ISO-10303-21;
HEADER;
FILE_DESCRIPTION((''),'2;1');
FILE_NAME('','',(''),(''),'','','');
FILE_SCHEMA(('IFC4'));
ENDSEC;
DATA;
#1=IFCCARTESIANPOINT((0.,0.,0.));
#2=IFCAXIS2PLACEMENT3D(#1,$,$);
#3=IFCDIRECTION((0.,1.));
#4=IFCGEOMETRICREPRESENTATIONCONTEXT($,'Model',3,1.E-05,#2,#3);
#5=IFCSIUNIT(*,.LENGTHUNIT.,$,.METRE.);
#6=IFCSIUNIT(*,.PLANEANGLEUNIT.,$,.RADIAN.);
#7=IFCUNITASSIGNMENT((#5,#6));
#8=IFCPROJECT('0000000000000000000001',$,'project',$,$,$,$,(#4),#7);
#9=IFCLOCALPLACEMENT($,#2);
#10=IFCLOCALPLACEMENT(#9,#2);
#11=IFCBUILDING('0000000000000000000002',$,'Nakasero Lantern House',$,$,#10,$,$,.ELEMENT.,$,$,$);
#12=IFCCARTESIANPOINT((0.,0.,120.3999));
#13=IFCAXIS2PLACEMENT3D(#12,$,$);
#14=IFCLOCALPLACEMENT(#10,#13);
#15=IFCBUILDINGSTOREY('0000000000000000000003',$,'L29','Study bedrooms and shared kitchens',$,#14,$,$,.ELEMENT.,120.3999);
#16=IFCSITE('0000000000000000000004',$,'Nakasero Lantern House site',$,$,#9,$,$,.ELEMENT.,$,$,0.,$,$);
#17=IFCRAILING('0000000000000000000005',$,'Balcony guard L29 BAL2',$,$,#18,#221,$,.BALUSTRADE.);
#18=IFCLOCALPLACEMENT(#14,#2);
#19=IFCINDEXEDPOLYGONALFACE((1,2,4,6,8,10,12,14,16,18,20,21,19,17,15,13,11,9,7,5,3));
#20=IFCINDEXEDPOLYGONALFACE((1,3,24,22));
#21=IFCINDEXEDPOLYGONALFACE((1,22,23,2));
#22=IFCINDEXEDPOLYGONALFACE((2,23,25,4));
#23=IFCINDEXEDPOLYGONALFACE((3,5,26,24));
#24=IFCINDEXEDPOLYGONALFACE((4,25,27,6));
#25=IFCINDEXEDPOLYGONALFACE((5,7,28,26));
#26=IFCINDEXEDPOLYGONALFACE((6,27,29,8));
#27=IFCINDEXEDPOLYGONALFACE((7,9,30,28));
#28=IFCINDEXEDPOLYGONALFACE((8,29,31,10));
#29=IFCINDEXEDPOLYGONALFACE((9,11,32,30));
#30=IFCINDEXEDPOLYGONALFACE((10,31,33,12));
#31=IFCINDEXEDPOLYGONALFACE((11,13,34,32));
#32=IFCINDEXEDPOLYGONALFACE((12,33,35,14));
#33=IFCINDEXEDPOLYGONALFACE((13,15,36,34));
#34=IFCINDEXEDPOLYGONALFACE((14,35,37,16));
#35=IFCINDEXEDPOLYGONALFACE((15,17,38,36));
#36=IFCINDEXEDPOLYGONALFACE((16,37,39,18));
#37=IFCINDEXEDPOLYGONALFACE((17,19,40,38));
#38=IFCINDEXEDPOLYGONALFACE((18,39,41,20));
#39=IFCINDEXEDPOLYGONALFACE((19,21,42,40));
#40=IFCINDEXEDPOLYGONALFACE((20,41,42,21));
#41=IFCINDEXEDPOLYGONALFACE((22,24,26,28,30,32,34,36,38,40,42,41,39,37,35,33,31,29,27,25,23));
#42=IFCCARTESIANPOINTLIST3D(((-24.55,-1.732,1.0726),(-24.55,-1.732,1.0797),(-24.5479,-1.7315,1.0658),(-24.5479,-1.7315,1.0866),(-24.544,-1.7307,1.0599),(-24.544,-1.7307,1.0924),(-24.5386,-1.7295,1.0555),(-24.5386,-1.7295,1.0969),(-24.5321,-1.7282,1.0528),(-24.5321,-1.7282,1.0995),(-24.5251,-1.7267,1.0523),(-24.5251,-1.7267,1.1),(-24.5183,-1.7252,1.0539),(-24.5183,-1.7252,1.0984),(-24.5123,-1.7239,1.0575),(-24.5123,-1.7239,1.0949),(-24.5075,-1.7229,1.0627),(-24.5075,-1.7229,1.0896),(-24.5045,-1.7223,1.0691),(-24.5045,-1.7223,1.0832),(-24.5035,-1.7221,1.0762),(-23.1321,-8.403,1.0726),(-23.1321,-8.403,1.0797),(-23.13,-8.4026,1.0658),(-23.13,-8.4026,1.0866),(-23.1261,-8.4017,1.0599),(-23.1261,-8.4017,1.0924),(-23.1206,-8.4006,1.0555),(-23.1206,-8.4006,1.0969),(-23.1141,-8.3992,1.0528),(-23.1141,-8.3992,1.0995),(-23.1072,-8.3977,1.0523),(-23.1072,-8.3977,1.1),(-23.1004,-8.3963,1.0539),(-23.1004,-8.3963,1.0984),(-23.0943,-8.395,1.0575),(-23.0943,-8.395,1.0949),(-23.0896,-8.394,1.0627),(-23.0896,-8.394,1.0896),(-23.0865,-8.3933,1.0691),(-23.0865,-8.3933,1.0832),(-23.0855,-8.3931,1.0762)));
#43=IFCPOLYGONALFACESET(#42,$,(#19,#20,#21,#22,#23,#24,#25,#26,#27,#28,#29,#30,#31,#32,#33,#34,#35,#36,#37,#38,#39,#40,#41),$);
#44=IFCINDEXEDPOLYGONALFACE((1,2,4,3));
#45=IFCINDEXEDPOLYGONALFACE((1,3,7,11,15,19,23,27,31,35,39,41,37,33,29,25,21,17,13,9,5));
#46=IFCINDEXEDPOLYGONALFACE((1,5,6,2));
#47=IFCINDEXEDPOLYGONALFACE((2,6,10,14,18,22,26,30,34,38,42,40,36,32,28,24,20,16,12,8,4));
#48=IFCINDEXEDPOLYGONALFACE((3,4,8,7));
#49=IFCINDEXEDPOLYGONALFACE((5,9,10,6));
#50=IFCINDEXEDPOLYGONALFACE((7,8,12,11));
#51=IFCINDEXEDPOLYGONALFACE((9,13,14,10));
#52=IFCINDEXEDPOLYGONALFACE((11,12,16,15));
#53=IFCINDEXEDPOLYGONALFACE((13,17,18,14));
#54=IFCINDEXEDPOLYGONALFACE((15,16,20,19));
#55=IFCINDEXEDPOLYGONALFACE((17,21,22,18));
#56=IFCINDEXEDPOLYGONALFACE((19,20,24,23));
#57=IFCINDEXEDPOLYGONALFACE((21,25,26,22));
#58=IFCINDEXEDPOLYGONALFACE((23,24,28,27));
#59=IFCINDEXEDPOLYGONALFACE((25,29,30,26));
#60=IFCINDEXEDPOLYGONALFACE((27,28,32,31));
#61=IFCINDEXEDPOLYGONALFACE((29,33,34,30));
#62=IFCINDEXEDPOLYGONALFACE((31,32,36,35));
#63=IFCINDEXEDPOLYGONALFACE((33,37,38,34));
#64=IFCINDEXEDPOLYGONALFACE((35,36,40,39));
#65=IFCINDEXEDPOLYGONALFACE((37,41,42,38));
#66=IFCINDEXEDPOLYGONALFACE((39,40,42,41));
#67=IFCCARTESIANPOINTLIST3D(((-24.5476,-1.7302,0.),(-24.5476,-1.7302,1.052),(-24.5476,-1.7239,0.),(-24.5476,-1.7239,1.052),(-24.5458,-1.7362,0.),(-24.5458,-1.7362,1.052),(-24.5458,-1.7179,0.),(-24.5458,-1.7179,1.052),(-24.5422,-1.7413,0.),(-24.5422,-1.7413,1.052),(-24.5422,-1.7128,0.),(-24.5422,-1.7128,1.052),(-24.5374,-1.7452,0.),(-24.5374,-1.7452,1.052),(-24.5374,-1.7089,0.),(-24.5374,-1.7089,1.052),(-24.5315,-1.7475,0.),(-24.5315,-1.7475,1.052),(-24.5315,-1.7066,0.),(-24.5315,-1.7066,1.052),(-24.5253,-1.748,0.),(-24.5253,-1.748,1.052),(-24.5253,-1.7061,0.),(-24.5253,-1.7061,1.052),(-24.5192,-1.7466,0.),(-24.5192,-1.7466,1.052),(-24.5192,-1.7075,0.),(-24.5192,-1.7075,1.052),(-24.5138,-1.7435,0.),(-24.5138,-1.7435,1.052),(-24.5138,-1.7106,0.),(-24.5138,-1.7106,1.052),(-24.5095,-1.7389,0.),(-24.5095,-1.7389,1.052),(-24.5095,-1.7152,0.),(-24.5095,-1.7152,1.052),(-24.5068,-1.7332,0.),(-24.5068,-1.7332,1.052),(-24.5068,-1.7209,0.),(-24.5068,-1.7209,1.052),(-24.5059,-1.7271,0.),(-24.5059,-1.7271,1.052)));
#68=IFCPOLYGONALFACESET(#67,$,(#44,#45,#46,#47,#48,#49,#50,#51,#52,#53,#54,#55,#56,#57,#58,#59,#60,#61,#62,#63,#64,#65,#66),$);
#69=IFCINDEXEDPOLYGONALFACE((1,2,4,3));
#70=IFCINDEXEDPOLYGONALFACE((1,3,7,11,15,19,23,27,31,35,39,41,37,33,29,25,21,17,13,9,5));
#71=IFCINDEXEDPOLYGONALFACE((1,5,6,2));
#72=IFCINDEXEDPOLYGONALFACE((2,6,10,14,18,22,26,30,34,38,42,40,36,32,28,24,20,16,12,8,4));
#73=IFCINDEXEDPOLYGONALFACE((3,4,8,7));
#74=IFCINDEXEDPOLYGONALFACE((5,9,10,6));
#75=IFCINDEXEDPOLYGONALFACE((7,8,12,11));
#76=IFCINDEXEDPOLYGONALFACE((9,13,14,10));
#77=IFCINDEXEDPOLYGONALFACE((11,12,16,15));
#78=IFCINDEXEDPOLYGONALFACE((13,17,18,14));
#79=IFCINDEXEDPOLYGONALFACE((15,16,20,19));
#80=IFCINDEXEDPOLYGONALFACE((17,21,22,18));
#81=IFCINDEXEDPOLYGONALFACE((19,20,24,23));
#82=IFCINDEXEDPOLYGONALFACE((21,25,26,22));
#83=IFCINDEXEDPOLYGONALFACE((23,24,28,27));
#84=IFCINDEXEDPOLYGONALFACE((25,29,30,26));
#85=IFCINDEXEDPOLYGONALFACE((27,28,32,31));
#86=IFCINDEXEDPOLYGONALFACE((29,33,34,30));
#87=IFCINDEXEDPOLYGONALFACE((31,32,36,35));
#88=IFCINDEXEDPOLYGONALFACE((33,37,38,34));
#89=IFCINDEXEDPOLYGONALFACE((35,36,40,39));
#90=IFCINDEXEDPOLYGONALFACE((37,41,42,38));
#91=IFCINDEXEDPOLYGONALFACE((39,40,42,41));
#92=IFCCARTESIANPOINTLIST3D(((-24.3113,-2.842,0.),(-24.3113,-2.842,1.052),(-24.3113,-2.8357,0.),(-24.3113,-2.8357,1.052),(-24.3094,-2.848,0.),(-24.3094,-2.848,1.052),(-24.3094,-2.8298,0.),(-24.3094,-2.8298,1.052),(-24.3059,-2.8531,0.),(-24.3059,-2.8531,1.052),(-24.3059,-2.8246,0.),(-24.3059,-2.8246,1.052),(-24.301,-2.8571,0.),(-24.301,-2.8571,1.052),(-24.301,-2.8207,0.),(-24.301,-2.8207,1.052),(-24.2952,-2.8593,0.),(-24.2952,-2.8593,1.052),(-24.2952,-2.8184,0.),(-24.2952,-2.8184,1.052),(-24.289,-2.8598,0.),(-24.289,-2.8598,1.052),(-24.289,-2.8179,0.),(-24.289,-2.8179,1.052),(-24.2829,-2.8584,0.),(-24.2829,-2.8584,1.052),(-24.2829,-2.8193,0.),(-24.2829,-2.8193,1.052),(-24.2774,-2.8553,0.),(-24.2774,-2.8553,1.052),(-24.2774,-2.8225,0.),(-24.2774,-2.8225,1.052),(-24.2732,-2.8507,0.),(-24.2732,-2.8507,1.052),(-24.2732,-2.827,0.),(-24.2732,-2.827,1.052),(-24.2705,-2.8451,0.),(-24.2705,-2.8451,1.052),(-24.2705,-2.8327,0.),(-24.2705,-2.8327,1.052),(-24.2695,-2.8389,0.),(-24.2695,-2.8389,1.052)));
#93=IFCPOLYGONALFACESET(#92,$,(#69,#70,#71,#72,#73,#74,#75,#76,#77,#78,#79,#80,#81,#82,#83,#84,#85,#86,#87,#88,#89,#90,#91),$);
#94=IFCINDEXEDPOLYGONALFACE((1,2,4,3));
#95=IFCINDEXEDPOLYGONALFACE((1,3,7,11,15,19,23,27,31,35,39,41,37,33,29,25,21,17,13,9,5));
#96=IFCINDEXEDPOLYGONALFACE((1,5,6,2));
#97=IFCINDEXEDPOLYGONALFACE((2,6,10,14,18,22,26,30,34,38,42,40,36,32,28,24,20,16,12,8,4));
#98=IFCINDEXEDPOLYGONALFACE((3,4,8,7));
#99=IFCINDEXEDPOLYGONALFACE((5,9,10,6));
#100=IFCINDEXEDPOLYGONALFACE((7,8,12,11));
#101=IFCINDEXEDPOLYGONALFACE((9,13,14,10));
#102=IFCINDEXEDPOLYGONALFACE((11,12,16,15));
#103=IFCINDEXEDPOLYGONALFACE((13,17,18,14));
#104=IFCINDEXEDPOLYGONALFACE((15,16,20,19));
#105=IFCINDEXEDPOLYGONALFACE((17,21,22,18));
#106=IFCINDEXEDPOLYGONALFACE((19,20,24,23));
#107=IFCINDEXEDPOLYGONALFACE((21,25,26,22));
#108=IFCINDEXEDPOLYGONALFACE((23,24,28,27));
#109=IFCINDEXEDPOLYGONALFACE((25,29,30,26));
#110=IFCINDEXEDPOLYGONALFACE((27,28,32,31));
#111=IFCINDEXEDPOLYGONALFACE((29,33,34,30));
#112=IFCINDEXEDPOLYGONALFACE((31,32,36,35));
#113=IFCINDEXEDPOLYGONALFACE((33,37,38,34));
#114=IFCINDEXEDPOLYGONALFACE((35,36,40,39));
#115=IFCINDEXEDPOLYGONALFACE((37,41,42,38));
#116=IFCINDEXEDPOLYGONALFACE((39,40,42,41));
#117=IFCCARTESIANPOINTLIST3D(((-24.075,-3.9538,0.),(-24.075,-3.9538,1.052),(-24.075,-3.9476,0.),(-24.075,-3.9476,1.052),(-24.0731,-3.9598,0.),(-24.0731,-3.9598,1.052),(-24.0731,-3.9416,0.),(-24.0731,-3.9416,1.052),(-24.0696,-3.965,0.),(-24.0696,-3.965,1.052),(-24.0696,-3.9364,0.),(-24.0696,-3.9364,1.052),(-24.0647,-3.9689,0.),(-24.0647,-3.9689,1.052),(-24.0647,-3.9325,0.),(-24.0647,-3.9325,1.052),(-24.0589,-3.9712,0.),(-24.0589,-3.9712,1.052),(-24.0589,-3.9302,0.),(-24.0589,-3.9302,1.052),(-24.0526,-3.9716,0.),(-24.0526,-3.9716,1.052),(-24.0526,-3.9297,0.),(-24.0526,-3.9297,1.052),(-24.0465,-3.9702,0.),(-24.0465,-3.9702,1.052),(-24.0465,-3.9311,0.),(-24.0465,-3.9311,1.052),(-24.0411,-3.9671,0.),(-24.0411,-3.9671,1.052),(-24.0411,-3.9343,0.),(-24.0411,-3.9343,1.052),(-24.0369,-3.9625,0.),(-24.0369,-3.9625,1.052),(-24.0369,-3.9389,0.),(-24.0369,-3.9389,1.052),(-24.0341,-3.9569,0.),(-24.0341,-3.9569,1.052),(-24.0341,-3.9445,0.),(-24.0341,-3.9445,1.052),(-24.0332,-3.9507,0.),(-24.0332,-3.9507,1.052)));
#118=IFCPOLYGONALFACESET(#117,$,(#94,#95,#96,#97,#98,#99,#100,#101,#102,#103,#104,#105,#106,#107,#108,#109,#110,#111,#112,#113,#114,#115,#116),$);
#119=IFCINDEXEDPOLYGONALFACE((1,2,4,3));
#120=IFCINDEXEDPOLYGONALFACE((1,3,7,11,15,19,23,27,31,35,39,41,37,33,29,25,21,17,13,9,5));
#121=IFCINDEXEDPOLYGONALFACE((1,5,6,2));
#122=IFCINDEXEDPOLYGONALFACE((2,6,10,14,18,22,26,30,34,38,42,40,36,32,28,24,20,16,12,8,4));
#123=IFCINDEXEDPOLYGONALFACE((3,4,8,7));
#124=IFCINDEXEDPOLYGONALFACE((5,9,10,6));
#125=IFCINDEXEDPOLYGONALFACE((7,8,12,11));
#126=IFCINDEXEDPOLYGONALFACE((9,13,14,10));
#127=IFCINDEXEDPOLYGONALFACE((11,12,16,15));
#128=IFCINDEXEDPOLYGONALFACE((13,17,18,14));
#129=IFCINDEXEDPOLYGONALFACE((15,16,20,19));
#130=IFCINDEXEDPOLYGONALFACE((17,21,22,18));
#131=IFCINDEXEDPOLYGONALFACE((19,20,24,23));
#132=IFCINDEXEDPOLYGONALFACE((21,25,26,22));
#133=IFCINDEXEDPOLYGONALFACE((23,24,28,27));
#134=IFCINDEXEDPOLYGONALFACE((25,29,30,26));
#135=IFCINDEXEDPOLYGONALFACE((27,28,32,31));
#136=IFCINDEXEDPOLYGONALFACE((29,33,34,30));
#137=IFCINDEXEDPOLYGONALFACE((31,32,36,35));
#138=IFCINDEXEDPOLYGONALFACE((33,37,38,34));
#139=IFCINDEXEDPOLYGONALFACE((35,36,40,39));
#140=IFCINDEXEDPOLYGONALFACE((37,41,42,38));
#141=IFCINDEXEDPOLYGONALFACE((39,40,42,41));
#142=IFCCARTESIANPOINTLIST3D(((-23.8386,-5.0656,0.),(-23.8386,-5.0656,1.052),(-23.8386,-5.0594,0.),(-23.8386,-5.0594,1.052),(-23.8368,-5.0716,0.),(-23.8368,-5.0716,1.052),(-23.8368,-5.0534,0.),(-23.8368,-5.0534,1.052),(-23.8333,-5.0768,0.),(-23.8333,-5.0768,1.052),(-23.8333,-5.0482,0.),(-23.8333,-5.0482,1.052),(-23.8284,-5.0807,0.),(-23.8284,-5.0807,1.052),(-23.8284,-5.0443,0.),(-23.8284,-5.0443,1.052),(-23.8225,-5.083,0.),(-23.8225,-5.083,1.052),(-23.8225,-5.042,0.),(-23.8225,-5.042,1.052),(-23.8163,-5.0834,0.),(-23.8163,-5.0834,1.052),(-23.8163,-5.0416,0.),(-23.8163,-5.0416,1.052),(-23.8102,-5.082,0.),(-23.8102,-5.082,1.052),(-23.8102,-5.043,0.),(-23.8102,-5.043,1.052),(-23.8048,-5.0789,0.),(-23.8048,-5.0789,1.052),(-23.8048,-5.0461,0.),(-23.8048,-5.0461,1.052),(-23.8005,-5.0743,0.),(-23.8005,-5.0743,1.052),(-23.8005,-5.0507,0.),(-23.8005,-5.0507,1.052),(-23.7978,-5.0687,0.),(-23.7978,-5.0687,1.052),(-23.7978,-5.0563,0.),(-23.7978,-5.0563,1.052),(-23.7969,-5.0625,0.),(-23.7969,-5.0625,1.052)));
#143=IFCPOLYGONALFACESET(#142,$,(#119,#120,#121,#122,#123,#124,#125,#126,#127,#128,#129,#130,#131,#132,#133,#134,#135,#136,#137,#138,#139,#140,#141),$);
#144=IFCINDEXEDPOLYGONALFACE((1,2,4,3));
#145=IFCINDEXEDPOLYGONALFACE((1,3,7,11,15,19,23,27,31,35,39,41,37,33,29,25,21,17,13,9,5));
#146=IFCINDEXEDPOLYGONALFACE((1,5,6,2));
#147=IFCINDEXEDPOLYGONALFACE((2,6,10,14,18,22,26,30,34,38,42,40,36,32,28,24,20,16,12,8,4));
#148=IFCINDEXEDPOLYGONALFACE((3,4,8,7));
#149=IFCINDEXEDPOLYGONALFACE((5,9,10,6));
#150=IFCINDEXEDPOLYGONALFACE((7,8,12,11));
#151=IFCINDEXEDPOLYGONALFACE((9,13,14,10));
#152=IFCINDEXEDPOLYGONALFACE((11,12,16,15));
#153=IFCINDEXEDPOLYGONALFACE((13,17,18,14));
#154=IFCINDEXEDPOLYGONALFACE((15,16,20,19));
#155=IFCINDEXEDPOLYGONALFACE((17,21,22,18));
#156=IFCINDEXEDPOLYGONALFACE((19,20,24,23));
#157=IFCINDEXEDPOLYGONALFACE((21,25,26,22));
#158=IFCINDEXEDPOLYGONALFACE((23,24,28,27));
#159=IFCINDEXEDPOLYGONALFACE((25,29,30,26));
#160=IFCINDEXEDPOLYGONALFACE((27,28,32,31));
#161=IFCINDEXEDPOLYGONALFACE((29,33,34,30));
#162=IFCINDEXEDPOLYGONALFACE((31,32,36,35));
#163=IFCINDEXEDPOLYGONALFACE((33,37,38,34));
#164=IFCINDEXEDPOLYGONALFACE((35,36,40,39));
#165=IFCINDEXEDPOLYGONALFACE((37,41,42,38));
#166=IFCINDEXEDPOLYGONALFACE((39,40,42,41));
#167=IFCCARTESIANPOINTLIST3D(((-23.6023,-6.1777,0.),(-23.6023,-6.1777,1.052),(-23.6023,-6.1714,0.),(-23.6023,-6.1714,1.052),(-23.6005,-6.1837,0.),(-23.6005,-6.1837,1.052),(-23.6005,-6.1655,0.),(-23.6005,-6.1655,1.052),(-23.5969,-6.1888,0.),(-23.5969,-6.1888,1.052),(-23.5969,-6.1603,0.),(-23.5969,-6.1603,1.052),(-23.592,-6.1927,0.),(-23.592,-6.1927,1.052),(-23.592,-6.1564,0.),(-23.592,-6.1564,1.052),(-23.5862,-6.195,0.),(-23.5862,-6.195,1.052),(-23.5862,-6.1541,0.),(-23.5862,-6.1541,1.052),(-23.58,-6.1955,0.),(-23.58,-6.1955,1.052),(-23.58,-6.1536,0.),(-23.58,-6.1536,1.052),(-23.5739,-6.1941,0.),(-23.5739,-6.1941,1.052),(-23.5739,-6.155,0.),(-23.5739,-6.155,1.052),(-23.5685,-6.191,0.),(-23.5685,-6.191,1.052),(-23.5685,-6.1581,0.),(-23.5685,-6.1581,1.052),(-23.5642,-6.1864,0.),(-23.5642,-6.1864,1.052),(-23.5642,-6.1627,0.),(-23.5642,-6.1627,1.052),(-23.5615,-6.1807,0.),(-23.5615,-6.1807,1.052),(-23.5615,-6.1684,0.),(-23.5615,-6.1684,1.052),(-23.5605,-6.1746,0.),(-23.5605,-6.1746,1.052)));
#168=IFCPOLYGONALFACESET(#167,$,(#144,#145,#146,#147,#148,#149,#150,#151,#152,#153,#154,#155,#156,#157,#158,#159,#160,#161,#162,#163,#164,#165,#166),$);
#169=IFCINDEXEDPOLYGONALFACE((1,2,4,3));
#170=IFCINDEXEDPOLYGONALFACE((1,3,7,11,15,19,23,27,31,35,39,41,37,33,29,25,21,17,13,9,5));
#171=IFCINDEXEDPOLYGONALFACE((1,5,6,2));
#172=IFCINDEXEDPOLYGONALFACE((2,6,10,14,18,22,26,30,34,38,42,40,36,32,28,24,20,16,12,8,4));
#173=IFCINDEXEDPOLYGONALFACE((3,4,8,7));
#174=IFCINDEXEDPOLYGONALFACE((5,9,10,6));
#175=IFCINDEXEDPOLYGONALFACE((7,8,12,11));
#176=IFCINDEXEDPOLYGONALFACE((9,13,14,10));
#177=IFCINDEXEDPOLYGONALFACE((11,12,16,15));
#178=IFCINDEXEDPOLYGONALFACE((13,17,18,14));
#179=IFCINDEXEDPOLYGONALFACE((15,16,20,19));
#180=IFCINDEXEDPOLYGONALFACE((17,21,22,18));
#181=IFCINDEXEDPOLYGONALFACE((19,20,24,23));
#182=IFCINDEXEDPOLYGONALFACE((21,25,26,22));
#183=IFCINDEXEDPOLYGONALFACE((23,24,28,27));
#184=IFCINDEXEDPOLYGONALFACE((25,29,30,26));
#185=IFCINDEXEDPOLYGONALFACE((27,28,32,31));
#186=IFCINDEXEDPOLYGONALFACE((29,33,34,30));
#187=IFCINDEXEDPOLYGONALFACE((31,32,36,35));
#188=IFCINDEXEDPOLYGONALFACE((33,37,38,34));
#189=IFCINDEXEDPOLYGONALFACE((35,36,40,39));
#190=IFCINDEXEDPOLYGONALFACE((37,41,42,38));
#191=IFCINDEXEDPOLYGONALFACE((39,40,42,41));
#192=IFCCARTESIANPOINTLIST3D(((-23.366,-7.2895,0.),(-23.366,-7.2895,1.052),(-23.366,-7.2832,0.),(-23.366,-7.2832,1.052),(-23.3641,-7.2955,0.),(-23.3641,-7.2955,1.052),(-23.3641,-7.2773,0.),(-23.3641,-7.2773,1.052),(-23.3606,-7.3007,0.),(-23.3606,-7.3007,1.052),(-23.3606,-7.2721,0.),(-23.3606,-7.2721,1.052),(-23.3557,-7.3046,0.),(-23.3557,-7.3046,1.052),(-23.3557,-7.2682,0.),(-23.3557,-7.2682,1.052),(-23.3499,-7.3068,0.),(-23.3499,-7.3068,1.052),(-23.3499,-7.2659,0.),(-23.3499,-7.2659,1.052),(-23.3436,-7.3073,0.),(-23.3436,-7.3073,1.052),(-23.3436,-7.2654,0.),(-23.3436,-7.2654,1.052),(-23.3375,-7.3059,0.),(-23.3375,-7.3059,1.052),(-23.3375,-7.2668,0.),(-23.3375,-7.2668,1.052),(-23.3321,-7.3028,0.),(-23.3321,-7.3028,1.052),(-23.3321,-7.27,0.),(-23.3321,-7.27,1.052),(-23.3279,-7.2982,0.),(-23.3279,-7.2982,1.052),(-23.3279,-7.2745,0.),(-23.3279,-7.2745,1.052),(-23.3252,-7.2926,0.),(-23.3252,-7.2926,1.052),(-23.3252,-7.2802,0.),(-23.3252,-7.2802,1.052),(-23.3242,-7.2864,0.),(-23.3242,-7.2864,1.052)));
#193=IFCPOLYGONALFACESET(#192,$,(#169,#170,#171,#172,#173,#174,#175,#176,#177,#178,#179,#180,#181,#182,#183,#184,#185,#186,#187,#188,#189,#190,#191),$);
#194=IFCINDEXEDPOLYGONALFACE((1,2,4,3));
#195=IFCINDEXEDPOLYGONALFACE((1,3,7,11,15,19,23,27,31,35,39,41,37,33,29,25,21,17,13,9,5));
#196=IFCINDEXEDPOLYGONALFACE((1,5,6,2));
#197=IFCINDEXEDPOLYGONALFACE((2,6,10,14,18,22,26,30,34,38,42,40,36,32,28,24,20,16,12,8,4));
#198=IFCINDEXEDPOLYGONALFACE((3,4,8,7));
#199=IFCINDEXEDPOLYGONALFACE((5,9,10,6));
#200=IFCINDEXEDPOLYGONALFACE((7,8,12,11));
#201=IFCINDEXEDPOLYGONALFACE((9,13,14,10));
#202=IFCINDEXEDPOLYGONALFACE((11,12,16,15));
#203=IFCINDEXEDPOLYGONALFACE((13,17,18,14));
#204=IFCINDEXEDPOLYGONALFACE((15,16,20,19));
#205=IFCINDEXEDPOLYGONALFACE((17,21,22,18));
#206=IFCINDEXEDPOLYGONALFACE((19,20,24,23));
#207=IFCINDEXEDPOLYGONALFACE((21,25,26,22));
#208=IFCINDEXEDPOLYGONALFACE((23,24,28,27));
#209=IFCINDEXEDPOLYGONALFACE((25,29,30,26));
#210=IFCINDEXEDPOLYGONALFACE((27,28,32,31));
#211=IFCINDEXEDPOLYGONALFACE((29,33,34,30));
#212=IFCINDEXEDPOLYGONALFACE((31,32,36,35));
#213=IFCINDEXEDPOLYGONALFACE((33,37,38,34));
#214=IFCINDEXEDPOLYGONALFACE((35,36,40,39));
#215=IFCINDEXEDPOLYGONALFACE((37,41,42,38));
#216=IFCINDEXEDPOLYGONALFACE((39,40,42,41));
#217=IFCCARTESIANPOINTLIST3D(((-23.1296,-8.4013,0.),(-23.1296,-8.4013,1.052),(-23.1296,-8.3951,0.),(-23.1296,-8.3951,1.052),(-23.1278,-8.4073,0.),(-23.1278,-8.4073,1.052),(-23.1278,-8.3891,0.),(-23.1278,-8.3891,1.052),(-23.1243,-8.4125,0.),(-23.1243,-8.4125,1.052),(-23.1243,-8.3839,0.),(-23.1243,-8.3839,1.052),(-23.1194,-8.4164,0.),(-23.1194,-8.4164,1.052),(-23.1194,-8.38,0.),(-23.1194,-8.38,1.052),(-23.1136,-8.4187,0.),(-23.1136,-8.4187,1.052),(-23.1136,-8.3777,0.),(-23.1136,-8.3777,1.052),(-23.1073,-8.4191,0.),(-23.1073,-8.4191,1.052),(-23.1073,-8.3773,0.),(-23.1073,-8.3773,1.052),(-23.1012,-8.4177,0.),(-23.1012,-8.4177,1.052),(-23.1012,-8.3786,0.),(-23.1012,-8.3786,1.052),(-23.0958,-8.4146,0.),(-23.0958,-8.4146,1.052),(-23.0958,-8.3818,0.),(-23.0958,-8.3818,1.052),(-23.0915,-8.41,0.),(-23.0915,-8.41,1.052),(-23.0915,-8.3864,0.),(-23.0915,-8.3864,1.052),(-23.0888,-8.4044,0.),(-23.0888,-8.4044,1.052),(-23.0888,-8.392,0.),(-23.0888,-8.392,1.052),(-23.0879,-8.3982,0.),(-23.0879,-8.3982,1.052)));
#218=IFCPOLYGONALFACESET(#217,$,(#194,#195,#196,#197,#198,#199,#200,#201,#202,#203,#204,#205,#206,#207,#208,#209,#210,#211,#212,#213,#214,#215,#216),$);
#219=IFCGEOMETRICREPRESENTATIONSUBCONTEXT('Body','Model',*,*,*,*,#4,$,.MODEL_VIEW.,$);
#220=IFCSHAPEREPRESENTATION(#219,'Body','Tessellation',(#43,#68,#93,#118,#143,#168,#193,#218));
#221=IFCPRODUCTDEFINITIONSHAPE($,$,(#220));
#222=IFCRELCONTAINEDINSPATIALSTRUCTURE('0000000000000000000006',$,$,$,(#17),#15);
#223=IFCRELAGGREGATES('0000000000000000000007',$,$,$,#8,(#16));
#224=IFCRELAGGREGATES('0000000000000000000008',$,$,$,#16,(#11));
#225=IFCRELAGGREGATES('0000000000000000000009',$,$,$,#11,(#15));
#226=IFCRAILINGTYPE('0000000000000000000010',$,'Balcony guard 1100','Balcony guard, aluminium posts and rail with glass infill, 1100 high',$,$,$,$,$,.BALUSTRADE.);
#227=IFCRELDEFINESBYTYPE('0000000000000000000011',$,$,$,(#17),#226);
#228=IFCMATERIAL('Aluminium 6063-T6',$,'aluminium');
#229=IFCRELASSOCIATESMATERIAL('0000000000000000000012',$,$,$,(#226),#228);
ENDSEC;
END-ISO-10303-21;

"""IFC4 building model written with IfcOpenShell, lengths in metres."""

from ifc_helpers import new_model, si_unit, direction, frame, origin, origin_2d, place, context, subcontext, project, spatial, circle, extrude, material, type_object, element, save


model = new_model("IFC4")

# Units and contexts
model_context = context("Model", 3, precision=1e-05, world=origin(), true_north=direction((0.0, 1.0)))
body_context = subcontext(model_context, "Body", "Model", "MODEL_VIEW")
ifc_project = project(units=[si_unit("LENGTHUNIT", "METRE"), si_unit("PLANEANGLEUNIT", "RADIAN")], contexts=[model_context])

# Site, building, storey
site_placement = place(None, origin())
site = spatial("IfcSite", under=ifc_project, at=site_placement, Name="Nakasero Lantern House site", CompositionType="ELEMENT", RefElevation=0.0)
building_placement = place(site_placement, origin())
building = spatial("IfcBuilding", under=site, at=building_placement, Name="Nakasero Lantern House", CompositionType="ELEMENT")
storey_placement = place(building_placement, frame((0.0, 0.0, 120.3999)))
storey = spatial("IfcBuildingStorey", under=building, at=storey_placement, Name="L29", Description="Study bedrooms and shared kitchens", CompositionType="ELEMENT", Elevation=120.3999)

# Railing
ifc_material_1 = material(Name="Aluminium 6063-T6", Category="aluminium")
railing_type = type_object("IfcRailingType", Name="Balcony guard 1100", Description="Balcony guard, aluminium posts and rail with glass infill, 1100 high", PredefinedType="BALUSTRADE", material=ifc_material_1)
railing_placement = place(storey_placement, frame((-24.5269, -1.7271, 0.0)))
element("IfcRailing", 1, at=railing_placement, inside=storey, type_object=railing_type, Name="Balcony guard L29 BAL2", PredefinedType="BALUSTRADE", context=body_context, shape_type="SweptSolid", body=[
    extrude(circle(Radius=0.0239, at=origin_2d()), frame((0.0, 0.0, 1.0762), z_axis=(0.207908, -0.978148, 0.0), x_axis=(0.978148, 0.207908, 0.0)), (0.0, 0.0, 1.0), 6.8201),
    extrude(circle(Radius=0.021, at=origin_2d()), origin(), (0.0, 0.0, 1.0), 1.052),
    extrude(circle(Radius=0.021, at=origin_2d()), frame((0.2363, -1.1118, 0.0)), (0.0, 0.0, 1.0), 1.052),
    extrude(circle(Radius=0.021, at=origin_2d()), frame((0.4727, -2.2236, 0.0)), (0.0, 0.0, 1.0), 1.052),
    extrude(circle(Radius=0.021, at=origin_2d()), frame((0.709, -3.3354, 0.0)), (0.0, 0.0, 1.0), 1.052),
    extrude(circle(Radius=0.021, at=origin_2d()), frame((0.9453, -4.4475, 0.0)), (0.0, 0.0, 1.0), 1.052),
    extrude(circle(Radius=0.021, at=origin_2d()), frame((1.1816, -5.5593, 0.0)), (0.0, 0.0, 1.0), 1.052),
    extrude(circle(Radius=0.021, at=origin_2d()), frame((1.418, -6.6711, 0.0)), (0.0, 0.0, 1.0), 1.052),
])

save(model, "model.ifc")
